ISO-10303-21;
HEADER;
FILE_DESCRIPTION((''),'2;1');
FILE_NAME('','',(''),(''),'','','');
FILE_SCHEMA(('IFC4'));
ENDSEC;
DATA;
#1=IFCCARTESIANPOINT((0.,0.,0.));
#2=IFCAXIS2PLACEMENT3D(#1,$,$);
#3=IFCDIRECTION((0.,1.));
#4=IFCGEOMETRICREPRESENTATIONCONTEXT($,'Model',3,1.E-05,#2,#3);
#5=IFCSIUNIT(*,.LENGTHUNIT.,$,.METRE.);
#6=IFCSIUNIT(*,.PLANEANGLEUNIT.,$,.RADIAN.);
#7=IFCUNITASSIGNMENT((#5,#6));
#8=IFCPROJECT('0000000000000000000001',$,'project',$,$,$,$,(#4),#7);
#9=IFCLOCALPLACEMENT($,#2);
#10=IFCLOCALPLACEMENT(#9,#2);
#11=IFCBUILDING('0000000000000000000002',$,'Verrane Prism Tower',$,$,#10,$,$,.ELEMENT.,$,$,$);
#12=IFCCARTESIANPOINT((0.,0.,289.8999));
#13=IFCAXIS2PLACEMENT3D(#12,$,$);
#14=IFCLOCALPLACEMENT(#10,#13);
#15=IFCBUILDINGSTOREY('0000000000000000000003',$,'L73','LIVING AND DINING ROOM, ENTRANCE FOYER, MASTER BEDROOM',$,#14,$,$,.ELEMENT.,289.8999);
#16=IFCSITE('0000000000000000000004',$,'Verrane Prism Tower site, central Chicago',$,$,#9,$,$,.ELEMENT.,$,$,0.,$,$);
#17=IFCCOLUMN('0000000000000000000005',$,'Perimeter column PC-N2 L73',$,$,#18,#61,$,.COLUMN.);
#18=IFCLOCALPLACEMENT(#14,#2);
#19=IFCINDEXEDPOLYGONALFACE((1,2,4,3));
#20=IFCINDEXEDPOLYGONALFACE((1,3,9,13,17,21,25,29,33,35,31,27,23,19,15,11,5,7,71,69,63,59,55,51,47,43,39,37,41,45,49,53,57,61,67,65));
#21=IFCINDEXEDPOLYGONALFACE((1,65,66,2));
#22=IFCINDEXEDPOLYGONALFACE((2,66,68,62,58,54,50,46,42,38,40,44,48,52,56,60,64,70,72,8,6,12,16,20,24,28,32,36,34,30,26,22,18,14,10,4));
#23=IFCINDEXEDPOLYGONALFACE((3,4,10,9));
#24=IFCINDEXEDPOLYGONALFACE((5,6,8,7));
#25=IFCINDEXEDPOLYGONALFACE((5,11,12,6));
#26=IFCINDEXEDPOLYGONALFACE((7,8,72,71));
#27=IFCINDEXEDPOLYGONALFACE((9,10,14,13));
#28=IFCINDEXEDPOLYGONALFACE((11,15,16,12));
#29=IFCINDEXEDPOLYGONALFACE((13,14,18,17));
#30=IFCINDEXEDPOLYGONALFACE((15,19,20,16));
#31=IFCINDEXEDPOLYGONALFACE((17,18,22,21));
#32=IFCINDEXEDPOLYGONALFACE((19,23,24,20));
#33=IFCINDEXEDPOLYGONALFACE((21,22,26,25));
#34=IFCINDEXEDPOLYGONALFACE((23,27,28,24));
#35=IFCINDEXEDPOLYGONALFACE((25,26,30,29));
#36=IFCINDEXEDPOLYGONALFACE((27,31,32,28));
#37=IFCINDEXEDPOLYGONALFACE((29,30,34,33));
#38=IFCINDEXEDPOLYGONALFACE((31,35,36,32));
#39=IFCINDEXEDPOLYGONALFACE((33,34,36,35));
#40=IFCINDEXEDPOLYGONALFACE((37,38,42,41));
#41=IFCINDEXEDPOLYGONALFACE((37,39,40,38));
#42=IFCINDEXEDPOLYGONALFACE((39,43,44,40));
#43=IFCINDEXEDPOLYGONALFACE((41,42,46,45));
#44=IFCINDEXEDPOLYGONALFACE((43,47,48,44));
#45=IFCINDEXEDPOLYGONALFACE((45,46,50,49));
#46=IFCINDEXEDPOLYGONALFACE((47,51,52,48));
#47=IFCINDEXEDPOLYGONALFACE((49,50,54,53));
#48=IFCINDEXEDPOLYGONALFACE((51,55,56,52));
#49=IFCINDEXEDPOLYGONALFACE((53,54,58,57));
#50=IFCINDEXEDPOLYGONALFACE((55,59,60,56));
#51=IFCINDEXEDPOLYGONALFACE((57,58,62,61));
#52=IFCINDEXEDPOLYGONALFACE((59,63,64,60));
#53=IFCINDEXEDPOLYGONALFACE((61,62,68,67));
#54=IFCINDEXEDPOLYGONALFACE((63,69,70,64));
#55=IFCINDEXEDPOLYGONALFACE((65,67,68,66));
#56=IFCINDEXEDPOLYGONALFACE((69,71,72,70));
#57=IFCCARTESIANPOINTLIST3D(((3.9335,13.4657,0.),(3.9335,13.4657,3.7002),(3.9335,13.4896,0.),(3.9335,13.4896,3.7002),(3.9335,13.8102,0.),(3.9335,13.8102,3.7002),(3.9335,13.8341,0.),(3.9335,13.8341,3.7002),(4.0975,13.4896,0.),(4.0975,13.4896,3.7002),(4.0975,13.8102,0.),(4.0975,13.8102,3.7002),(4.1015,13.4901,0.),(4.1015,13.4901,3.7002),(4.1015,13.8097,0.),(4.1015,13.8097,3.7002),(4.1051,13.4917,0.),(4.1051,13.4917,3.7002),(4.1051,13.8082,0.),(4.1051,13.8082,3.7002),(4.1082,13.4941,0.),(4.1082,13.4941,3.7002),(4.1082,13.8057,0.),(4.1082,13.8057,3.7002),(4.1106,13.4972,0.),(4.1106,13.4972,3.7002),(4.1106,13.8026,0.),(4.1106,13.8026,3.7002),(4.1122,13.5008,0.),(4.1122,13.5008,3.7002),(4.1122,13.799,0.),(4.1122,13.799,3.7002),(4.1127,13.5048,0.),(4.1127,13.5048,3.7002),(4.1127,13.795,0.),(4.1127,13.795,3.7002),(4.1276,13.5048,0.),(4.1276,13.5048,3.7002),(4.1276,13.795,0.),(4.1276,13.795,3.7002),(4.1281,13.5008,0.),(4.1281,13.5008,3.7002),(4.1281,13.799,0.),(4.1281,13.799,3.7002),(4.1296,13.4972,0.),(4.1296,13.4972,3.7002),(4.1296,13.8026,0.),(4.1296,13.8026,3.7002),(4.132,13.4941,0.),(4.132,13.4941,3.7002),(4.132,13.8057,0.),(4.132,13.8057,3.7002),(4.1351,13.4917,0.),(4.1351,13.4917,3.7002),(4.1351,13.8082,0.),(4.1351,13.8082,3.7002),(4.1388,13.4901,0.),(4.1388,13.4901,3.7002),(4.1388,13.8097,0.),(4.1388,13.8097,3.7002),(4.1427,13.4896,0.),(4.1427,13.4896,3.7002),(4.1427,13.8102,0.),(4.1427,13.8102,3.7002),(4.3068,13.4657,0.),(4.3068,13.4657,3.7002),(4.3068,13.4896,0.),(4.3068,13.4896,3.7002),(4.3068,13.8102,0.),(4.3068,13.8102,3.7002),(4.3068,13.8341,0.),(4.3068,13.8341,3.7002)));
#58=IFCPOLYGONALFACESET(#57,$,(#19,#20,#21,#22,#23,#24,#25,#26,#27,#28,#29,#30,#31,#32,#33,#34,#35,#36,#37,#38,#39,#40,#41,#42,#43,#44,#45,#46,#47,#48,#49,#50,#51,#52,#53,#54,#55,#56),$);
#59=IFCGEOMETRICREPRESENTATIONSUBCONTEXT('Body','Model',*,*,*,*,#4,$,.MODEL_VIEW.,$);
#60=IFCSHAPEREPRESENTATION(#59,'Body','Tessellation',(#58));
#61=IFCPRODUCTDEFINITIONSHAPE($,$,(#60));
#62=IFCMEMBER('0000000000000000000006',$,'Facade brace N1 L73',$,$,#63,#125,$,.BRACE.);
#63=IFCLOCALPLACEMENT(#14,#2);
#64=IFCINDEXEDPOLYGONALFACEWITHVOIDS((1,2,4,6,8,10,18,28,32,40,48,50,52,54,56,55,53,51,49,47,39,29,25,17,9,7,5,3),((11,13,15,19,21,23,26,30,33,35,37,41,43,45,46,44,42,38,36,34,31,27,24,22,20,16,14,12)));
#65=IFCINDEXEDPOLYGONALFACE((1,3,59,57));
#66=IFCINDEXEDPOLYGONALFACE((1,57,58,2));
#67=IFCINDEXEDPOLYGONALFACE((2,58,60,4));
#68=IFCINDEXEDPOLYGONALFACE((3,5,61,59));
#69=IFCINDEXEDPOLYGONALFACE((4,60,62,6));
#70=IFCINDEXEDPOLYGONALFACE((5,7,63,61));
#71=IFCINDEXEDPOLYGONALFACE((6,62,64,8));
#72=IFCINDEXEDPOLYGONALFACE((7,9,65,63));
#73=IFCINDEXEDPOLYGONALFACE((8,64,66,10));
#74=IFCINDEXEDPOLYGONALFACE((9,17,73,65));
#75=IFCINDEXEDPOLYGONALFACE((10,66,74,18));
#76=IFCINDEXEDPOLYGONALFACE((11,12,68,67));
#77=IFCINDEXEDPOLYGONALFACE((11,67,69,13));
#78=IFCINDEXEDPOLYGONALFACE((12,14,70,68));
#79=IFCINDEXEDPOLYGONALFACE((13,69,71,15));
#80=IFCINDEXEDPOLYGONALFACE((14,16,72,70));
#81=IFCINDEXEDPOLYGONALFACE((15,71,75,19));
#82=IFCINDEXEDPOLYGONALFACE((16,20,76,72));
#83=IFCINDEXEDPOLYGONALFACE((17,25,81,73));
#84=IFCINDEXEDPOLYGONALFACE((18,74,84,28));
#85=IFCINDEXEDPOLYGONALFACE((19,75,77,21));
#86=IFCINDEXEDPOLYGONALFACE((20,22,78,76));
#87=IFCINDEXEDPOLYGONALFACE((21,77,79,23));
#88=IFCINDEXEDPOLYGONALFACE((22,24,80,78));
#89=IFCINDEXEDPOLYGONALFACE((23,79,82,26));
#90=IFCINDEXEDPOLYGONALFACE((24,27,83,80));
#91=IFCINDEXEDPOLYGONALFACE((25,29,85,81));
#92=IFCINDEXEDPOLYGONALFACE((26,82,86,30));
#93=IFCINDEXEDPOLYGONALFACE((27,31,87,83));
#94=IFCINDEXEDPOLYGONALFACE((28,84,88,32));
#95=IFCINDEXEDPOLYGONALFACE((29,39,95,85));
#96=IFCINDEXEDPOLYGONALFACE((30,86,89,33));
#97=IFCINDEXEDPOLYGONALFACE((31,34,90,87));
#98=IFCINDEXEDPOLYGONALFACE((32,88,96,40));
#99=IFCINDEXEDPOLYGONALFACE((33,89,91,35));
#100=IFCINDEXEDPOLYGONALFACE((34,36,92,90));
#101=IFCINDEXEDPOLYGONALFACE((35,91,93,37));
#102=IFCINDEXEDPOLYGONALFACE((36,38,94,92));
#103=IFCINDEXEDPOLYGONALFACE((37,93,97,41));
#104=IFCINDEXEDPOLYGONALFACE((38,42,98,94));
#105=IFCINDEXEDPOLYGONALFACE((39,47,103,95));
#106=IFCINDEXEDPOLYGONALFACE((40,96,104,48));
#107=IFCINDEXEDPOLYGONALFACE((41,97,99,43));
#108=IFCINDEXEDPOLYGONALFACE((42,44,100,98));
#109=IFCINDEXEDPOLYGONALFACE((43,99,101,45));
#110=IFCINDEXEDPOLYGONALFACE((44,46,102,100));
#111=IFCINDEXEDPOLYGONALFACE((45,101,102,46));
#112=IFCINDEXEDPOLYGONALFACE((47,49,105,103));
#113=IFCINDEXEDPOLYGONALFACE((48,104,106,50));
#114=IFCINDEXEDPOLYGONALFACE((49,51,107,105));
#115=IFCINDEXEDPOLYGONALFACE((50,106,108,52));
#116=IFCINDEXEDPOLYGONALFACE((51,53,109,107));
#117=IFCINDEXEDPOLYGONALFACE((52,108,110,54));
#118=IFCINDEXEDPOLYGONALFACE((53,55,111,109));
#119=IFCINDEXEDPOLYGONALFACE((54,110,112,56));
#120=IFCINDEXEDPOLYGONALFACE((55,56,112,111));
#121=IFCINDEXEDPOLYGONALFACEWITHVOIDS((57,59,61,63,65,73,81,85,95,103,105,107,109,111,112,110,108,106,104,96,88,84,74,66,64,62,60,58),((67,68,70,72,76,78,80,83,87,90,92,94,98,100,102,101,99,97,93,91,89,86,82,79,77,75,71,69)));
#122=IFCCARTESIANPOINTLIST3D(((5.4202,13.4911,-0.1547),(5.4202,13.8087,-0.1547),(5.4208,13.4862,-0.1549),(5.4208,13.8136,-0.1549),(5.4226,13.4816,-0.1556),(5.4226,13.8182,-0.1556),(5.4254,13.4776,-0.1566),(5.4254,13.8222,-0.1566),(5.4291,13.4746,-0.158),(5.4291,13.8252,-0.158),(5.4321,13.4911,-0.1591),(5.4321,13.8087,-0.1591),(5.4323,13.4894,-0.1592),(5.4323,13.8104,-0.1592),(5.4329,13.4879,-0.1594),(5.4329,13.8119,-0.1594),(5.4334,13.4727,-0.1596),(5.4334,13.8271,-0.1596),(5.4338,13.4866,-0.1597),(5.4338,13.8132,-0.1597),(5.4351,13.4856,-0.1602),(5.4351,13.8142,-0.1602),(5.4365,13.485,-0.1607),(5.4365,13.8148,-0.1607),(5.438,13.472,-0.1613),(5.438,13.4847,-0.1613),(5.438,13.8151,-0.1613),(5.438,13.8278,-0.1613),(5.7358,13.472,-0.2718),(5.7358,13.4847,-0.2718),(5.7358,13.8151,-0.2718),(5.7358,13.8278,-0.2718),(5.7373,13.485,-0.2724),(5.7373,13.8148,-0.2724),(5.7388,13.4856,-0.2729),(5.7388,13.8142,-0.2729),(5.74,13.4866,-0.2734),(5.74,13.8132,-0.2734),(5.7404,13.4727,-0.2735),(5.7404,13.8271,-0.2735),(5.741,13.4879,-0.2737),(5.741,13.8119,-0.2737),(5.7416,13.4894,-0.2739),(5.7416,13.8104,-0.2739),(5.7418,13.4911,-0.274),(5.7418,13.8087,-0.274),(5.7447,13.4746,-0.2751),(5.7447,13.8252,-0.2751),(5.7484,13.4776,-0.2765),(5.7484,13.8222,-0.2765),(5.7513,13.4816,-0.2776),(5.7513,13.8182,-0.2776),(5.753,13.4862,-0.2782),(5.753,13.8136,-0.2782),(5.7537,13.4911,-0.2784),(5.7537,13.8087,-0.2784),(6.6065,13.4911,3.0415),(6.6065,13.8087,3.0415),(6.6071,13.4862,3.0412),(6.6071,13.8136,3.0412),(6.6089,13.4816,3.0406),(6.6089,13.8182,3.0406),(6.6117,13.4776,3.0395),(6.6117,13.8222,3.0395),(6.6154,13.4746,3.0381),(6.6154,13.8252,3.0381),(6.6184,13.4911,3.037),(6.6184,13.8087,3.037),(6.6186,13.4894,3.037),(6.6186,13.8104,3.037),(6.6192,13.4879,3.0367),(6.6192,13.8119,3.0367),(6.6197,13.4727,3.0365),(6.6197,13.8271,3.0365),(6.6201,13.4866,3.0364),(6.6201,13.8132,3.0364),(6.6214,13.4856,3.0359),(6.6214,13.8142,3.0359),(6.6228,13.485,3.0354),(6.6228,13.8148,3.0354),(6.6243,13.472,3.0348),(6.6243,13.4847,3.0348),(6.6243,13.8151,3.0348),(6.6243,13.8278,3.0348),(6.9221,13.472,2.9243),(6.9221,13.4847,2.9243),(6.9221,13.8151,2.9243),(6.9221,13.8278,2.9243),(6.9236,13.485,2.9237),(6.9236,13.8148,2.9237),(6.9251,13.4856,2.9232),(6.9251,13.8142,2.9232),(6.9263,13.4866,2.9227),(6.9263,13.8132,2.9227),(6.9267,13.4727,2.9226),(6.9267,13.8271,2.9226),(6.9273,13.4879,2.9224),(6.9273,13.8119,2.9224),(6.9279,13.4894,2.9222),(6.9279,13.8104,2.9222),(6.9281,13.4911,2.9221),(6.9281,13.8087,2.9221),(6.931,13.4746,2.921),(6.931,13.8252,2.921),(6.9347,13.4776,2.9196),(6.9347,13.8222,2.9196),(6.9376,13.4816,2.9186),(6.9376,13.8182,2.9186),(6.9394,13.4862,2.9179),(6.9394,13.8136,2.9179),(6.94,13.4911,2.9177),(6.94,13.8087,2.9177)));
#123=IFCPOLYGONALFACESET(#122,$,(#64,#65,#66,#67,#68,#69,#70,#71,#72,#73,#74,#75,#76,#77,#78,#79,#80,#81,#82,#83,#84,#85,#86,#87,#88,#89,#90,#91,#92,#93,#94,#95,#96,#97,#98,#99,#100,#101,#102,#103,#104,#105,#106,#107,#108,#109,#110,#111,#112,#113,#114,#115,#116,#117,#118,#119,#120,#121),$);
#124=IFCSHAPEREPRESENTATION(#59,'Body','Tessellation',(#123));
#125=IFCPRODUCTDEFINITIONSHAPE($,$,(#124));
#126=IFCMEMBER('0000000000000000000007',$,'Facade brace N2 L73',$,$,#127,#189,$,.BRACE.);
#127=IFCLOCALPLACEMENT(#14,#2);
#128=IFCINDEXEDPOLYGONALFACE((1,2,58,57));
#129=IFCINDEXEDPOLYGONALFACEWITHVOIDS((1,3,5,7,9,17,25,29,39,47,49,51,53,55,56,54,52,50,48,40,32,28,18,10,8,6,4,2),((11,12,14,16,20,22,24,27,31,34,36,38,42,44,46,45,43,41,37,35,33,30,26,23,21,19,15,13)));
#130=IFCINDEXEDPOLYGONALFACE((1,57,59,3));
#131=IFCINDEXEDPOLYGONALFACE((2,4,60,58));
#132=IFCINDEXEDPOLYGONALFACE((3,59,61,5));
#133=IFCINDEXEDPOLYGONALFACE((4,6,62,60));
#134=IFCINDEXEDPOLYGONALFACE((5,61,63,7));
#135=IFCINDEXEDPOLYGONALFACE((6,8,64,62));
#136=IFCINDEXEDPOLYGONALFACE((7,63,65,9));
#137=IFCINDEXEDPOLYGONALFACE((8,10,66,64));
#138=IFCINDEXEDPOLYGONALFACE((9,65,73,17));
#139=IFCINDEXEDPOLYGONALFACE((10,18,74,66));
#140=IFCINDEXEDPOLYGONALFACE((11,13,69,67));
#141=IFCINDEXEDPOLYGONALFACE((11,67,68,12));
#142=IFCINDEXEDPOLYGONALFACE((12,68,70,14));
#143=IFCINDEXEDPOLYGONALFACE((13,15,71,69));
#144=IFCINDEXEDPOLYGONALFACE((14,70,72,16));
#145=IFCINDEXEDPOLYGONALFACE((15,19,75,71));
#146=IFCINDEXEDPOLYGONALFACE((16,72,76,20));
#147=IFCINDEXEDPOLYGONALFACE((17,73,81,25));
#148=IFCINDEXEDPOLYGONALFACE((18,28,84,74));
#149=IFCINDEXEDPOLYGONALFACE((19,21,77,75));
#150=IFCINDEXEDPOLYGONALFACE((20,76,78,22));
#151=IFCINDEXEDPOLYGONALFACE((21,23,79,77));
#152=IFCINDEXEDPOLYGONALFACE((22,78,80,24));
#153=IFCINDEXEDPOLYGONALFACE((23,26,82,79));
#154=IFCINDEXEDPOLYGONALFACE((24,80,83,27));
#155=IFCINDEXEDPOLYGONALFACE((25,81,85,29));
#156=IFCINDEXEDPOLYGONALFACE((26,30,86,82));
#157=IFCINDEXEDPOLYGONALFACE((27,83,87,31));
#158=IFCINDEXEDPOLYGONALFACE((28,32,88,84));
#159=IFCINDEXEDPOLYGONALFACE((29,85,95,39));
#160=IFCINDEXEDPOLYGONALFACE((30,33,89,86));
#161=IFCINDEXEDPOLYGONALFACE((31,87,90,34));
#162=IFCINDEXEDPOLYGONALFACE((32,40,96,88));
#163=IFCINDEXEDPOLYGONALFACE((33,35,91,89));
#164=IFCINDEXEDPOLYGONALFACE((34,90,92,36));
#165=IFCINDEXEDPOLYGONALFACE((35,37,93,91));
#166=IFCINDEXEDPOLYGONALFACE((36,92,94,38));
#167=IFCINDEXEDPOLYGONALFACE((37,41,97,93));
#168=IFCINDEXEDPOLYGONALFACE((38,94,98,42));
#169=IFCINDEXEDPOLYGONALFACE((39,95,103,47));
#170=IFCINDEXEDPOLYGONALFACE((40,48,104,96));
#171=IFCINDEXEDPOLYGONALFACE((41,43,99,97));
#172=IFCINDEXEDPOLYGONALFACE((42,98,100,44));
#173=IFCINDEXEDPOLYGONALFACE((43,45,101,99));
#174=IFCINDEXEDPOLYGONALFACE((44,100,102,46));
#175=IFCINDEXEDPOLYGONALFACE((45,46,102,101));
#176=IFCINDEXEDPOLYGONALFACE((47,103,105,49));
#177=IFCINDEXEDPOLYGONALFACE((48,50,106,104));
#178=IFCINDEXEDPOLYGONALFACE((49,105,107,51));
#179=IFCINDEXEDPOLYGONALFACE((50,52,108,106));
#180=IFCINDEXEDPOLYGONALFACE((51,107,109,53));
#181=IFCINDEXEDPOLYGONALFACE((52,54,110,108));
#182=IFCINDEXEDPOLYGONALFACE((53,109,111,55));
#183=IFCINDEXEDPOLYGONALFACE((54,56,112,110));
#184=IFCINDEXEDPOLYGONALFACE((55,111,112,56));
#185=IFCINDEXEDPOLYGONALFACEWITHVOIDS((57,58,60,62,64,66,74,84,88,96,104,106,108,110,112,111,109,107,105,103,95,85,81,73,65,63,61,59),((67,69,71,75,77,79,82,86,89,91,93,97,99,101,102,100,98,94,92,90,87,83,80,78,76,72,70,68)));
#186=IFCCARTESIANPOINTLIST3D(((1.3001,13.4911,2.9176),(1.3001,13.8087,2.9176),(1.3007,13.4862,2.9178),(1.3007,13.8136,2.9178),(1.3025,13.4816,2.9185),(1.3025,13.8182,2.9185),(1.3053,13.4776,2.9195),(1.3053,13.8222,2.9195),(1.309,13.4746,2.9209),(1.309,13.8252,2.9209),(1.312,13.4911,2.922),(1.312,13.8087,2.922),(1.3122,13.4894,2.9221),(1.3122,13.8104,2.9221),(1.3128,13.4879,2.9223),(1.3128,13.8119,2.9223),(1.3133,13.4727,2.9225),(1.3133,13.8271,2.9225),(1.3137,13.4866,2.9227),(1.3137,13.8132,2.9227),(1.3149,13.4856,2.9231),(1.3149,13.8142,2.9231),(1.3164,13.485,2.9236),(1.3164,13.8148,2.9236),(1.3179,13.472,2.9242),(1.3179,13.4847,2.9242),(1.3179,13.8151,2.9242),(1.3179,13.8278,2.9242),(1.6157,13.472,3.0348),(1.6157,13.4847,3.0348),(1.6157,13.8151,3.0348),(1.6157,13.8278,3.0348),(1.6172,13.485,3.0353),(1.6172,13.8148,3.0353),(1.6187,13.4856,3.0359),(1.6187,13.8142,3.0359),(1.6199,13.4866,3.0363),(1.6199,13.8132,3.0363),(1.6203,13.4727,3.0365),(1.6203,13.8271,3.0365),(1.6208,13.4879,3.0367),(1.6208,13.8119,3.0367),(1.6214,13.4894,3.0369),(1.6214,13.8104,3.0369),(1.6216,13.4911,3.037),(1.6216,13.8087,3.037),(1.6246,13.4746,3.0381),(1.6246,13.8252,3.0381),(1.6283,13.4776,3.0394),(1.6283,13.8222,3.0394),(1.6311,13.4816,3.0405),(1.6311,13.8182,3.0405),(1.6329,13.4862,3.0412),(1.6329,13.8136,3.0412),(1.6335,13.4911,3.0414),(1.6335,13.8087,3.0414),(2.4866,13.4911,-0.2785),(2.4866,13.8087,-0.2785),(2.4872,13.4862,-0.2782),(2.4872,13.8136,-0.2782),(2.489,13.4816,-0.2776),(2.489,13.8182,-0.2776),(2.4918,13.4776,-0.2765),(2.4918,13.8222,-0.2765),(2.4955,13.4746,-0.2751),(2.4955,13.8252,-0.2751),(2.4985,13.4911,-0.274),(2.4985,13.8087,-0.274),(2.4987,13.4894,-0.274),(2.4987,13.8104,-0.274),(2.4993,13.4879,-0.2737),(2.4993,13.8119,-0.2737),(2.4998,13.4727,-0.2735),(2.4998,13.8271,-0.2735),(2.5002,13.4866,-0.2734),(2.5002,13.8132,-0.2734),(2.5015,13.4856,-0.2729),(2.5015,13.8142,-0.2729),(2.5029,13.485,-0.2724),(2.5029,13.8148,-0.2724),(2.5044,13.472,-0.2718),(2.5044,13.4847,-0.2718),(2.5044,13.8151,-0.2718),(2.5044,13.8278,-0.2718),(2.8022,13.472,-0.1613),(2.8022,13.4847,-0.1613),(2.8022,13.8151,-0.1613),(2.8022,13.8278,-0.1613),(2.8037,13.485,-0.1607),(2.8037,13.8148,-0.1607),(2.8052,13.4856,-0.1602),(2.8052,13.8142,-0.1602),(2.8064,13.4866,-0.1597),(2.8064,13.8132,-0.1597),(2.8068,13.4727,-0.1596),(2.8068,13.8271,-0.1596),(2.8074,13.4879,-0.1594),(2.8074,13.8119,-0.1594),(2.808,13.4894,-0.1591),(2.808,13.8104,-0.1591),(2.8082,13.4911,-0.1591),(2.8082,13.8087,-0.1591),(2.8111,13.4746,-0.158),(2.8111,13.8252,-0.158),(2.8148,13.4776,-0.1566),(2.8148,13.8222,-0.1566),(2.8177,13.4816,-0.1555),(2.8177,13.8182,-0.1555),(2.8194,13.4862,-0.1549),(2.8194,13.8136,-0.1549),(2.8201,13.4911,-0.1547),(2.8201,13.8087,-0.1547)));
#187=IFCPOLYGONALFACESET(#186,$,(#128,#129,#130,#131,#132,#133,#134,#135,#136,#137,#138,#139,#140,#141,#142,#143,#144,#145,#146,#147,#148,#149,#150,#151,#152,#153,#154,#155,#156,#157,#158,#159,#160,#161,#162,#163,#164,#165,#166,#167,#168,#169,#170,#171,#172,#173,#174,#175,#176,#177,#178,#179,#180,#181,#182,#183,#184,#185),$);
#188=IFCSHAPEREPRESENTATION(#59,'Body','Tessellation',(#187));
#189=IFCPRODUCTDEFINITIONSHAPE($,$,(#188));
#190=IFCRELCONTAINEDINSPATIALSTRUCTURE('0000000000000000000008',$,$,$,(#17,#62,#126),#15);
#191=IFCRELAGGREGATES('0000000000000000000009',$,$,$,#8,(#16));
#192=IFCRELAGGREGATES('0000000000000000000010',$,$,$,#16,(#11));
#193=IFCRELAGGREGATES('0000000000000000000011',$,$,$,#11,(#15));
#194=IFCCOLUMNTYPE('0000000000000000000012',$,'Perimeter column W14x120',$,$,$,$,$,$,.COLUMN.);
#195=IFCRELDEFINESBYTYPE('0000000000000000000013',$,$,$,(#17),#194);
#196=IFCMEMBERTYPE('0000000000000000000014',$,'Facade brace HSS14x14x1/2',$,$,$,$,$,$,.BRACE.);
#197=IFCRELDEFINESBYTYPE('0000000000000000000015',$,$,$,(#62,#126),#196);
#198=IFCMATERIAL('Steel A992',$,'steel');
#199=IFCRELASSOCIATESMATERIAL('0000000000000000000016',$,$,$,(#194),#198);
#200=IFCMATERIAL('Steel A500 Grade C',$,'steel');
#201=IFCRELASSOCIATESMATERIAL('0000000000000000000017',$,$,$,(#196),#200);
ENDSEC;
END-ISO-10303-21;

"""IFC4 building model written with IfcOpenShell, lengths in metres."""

from ifc_helpers import new_model, si_unit, direction, frame, origin, origin_2d, place, context, subcontext, project, spatial, hollow_rectangle, i_section, extrude, material, material_profile, profile_set, type_object, element, save


model = new_model("IFC4")

# Units and contexts
model_context = context("Model", 3, precision=1e-05, world=origin(), true_north=direction((0.0, 1.0)))
body_context = subcontext(model_context, "Body", "Model", "MODEL_VIEW")
ifc_project = project(units=[si_unit("LENGTHUNIT", "METRE"), si_unit("PLANEANGLEUNIT", "RADIAN")], contexts=[model_context])

# Site, building, storey
site_placement = place(None, origin())
site = spatial("IfcSite", under=ifc_project, at=site_placement, Name="Verrane Prism Tower site, central Chicago", CompositionType="ELEMENT", RefElevation=0.0)
building_placement = place(site_placement, origin())
building = spatial("IfcBuilding", under=site, at=building_placement, Name="Verrane Prism Tower", CompositionType="ELEMENT")
storey_placement = place(building_placement, frame((0.0, 0.0, 289.8999)))
storey = spatial("IfcBuildingStorey", under=building, at=storey_placement, Name="L73", Description="LIVING AND DINING ROOM, ENTRANCE FOYER, MASTER BEDROOM", CompositionType="ELEMENT", Elevation=289.8999)

# Column
ifc_material_1 = material(Name="Steel A992", Category="steel")
ifc_material_profile_1 = material_profile(ifc_material_1, i_section(OverallWidth=0.3733, OverallDepth=0.3684, WebThickness=0.0149, FlangeThickness=0.0239, FilletRadius=0.0151, at=origin_2d()), Name="W14x120")
ifc_profile_set_1 = profile_set([ifc_material_profile_1], Name="Steel A992")
column_type = type_object("IfcColumnType", Name="Perimeter column W14x120", PredefinedType="COLUMN", material=ifc_profile_set_1)
column_placement = place(storey_placement, frame((4.1201, 13.6499, 0.0), z_axis=(0.0, 0.0, 1.0), x_axis=(1.0, 0.0, 0.0)))
element("IfcColumn", 1, at=column_placement, inside=storey, type_object=column_type, Name="Perimeter column PC-N2 L73", PredefinedType="COLUMN", context=body_context, shape_type="SweptSolid", body=[
    extrude(i_section(OverallWidth=0.3733, OverallDepth=0.3684, WebThickness=0.0149, FlangeThickness=0.0239, FilletRadius=0.0151, at=origin_2d()), origin(), (0.0, 0.0, 1.0), 3.7002),
])

# Members
ifc_material_2 = material(Name="Steel A500 Grade C", Category="steel")
ifc_material_profile_2 = material_profile(ifc_material_2, hollow_rectangle(XDim=0.3557, YDim=0.3557, WallThickness=0.0127, InnerFilletRadius=0.0063, OuterFilletRadius=0.019, at=origin_2d()), Name="HSS14x14x1/2")
ifc_profile_set_2 = profile_set([ifc_material_profile_2], Name="Steel A500 Grade C")
member_type_1 = type_object("IfcMemberType", Name="Facade brace HSS14x14x1/2", PredefinedType="BRACE", material=ifc_profile_set_2)
for number, where, z_axis, x_axis, name in (
    (2, (5.5869, 13.6499, -0.2166), (0.347974, 0.0, 0.937504), (0.0, 1.0, 0.0), "Facade brace N1 L73"),
    (3, (2.6533, 13.6499, -0.2166), (-0.348037, 0.0, 0.937481), (0.0, -1.0, 0.0), "Facade brace N2 L73"),
):
    element("IfcMember", number, at=place(storey_placement, frame(where, z_axis=z_axis, x_axis=x_axis)), inside=storey, type_object=member_type_1, Name=name, PredefinedType="BRACE", context=body_context, shape_type="SweptSolid", body=[
        extrude(hollow_rectangle(XDim=0.3557, YDim=0.3557, WallThickness=0.0127, InnerFilletRadius=0.0063, OuterFilletRadius=0.019, at=origin_2d()), origin(), (0.0, 0.0, 1.0), 3.4092),
    ])

save(model, "model.ifc")
